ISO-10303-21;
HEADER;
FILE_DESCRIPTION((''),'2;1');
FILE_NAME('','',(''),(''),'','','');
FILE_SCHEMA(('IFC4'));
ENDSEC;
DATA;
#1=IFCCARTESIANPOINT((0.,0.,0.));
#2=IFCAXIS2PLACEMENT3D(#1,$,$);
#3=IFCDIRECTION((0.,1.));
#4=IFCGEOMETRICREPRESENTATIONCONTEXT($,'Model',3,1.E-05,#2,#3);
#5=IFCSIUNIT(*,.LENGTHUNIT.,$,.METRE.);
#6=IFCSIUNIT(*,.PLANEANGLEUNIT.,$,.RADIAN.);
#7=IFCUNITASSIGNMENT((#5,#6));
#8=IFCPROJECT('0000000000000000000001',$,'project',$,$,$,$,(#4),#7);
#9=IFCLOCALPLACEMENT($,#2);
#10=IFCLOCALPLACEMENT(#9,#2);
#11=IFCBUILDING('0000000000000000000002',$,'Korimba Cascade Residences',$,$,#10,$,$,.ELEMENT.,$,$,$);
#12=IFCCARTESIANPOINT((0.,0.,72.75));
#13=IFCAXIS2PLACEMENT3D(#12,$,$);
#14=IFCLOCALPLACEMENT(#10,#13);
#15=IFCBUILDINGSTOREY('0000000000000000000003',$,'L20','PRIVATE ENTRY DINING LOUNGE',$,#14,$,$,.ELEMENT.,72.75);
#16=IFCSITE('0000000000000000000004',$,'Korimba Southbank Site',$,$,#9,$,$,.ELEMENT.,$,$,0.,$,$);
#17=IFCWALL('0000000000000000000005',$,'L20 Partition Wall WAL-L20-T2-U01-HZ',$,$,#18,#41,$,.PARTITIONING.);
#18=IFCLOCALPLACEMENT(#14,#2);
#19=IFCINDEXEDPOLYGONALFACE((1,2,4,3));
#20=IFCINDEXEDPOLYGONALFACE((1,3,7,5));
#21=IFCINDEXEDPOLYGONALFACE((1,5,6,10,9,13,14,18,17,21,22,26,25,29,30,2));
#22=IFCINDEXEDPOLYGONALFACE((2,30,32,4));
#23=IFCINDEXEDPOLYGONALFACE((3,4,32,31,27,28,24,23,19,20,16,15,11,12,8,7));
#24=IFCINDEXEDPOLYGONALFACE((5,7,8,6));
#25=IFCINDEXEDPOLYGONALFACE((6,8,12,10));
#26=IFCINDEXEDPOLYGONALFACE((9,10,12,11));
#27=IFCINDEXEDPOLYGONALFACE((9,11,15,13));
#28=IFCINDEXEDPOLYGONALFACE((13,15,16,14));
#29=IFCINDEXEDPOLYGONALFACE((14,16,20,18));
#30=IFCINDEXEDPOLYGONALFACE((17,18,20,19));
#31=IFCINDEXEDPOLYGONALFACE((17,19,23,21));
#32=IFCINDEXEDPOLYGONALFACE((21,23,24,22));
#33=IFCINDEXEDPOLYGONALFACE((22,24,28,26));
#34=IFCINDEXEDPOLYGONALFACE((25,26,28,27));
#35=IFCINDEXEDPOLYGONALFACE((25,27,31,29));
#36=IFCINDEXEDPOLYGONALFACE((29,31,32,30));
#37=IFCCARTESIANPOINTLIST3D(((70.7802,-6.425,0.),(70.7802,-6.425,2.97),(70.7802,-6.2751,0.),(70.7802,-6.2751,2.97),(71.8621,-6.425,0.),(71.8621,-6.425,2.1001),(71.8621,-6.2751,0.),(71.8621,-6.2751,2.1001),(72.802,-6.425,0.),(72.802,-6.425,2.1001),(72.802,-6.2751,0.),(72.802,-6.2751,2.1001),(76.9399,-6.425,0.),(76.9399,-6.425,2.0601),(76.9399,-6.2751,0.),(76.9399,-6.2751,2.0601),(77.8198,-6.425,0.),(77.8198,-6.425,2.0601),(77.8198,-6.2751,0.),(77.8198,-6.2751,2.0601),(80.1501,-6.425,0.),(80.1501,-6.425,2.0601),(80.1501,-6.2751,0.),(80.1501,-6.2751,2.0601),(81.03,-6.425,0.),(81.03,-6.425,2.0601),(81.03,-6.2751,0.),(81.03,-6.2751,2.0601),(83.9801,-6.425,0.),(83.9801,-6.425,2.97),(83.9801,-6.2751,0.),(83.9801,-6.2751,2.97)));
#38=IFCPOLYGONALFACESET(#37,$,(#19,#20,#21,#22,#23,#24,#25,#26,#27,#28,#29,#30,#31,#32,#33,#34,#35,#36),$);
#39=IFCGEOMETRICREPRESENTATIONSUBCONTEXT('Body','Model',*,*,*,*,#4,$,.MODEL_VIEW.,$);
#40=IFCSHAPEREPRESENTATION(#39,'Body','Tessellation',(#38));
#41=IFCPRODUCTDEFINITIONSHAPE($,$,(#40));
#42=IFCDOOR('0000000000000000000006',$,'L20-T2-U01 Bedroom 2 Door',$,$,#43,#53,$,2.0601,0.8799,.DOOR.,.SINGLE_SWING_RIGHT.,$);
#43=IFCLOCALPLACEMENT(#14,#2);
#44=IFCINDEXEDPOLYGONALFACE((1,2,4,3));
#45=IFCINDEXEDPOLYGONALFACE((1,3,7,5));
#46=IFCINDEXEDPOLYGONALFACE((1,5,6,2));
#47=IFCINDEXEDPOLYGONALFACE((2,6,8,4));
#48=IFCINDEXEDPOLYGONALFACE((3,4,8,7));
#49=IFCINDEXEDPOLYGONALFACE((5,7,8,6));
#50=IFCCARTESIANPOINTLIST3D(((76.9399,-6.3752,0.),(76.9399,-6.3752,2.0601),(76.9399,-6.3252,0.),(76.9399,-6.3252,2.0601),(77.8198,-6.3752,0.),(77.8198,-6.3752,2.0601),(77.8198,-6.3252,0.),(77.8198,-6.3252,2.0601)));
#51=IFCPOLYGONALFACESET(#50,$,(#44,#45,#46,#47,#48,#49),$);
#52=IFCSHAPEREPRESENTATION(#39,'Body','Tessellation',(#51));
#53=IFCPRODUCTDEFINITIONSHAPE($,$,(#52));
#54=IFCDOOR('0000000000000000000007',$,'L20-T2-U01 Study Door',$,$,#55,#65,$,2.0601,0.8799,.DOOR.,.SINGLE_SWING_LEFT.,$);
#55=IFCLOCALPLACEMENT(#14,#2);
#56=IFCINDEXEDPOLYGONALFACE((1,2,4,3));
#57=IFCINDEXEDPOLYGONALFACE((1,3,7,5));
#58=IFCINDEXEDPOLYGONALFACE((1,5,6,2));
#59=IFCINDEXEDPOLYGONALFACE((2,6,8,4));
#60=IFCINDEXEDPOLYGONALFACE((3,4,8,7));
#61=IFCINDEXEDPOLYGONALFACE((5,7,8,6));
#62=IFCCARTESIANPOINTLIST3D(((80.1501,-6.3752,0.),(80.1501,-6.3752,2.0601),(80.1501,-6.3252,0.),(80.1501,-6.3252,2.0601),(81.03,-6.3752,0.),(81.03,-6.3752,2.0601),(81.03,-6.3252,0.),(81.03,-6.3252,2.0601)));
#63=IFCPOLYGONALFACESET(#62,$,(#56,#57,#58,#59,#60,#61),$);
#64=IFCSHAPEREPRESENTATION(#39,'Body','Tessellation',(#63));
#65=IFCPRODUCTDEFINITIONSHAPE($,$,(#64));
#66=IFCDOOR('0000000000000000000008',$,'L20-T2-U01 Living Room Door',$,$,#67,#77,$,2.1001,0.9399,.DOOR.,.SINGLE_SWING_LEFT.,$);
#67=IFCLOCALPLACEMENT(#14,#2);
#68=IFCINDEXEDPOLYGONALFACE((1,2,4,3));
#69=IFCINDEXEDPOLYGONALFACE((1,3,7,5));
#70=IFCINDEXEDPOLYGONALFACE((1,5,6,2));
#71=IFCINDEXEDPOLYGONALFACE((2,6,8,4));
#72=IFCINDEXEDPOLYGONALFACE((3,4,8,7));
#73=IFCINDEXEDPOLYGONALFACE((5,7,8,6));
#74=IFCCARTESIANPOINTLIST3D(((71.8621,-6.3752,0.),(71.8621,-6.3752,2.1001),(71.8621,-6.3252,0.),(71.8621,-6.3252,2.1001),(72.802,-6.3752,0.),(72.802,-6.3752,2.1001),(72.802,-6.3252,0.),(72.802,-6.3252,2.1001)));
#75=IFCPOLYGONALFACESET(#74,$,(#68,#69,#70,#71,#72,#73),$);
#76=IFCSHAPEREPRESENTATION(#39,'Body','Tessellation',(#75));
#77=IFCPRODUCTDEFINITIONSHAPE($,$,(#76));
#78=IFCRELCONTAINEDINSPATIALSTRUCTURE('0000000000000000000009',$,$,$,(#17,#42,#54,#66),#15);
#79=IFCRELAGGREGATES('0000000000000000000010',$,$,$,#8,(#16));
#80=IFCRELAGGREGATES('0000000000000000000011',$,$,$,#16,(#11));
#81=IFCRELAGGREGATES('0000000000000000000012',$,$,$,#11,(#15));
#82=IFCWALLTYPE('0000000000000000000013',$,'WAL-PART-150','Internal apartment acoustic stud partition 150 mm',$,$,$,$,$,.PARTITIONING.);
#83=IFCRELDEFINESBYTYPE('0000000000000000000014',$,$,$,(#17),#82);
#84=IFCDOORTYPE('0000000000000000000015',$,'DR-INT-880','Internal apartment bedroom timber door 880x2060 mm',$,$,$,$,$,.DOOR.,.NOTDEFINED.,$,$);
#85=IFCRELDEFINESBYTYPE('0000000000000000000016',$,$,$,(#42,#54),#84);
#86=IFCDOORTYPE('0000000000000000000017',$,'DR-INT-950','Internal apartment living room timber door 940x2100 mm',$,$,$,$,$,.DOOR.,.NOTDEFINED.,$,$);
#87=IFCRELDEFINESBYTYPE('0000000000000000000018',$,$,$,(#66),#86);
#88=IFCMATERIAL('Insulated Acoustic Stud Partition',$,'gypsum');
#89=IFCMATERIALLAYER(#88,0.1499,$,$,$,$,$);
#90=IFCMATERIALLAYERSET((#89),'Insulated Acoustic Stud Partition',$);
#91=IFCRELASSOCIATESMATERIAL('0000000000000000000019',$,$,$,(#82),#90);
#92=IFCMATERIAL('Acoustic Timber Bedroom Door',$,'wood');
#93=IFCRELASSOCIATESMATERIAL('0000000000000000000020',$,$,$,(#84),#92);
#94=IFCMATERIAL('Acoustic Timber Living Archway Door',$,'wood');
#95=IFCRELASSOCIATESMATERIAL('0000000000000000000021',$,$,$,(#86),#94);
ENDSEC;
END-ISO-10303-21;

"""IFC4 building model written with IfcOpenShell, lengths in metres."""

from ifc_helpers import new_model, si_unit, direction, frame, frame_2d, origin, place, context, subcontext, project, spatial, rectangle, extrude, material, layer, layer_set, type_object, element, fill, save


model = new_model("IFC4")

# Units and contexts
model_context = context("Model", 3, precision=1e-05, world=origin(), true_north=direction((0.0, 1.0)))
body_context = subcontext(model_context, "Body", "Model", "MODEL_VIEW")
ifc_project = project(units=[si_unit("LENGTHUNIT", "METRE"), si_unit("PLANEANGLEUNIT", "RADIAN")], contexts=[model_context])

# Site, building, storey
site_placement = place(None, origin())
site = spatial("IfcSite", under=ifc_project, at=site_placement, Name="Korimba Southbank Site", CompositionType="ELEMENT", RefElevation=0.0)
building_placement = place(site_placement, origin())
building = spatial("IfcBuilding", under=site, at=building_placement, Name="Korimba Cascade Residences", CompositionType="ELEMENT")
storey_placement = place(building_placement, frame((0.0, 0.0, 72.75)))
storey = spatial("IfcBuildingStorey", under=building, at=storey_placement, Name="L20", Description="PRIVATE ENTRY DINING LOUNGE", CompositionType="ELEMENT", Elevation=72.75)

# Wall, openings, doors
ifc_material_1 = material(Name="Insulated Acoustic Stud Partition", Category="gypsum")
ifc_layer_1 = layer(ifc_material_1, 0.1499)
ifc_layer_set_1 = layer_set([ifc_layer_1], Name="Insulated Acoustic Stud Partition")
wall_type_1 = type_object("IfcWallType", Name="WAL-PART-150", Description="Internal apartment acoustic stud partition 150 mm", PredefinedType="PARTITIONING", material=ifc_layer_set_1)
wall_1_placement = place(storey_placement, frame((70.78, -6.3501, 0.0), z_axis=(0.0, 0.0, 1.0), x_axis=(1.0, 0.0, 0.0)))
wall_1 = element("IfcWall", 1, at=wall_1_placement, inside=storey, type_object=wall_type_1, Name="L20 Partition Wall WAL-L20-T2-U01-HZ", PredefinedType="PARTITIONING", context=body_context, shape_type="SweptSolid", body=[
    extrude(rectangle(XDim=13.2, YDim=0.1499, at=frame_2d((6.6001, 0.0))), origin(), (0.0, 0.0, 1.0), 2.97),
])
opening_1_placement = place(wall_1_placement, frame((1.082, 0.0, 0.0)))
opening_1 = element("IfcOpeningElement", 2, at=opening_1_placement, cuts=wall_1, PredefinedType="OPENING", context=body_context, shape_type="SweptSolid", body=[
    extrude(rectangle(XDim=0.9399, YDim=2.1001, at=frame_2d((0.47, 1.05))), frame((0.0, 0.085, 0.0), z_axis=(0.0, -1.0, 0.0), x_axis=(1.0, 0.0, 0.0)), (0.0, 0.0, 1.0), 0.1699),
])
opening_2_placement = place(wall_1_placement, frame((6.1599, 0.0, 0.0)))
opening_2 = element("IfcOpeningElement", 3, at=opening_2_placement, cuts=wall_1, PredefinedType="OPENING", context=body_context, shape_type="SweptSolid", body=[
    extrude(rectangle(XDim=0.8799, YDim=2.0601, at=frame_2d((0.4399, 1.03))), frame((0.0, 0.085, 0.0), z_axis=(0.0, -1.0, 0.0), x_axis=(1.0, 0.0, 0.0)), (0.0, 0.0, 1.0), 0.1699),
])
opening_3_placement = place(wall_1_placement, frame((9.3701, 0.0, 0.0)))
opening_3 = element("IfcOpeningElement", 4, at=opening_3_placement, cuts=wall_1, PredefinedType="OPENING", context=body_context, shape_type="SweptSolid", body=[
    extrude(rectangle(XDim=0.8799, YDim=2.0601, at=frame_2d((0.4399, 1.03))), frame((0.0, 0.085, 0.0), z_axis=(0.0, -1.0, 0.0), x_axis=(1.0, 0.0, 0.0)), (0.0, 0.0, 1.0), 0.1699),
])
ifc_material_2 = material(Name="Acoustic Timber Bedroom Door", Category="wood")
door_type_1 = type_object("IfcDoorType", Name="DR-INT-880", Description="Internal apartment bedroom timber door 880x2060 mm", OperationType="NOTDEFINED", PredefinedType="DOOR", material=ifc_material_2)
door_1_placement = place(opening_2_placement, origin())
door_1 = element("IfcDoor", 5, at=door_1_placement, inside=storey, type_object=door_type_1, Name="L20-T2-U01 Bedroom 2 Door", OperationType="SINGLE_SWING_RIGHT", OverallHeight=2.0601, OverallWidth=0.8799, PredefinedType="DOOR", context=body_context, shape_type="SweptSolid", body=[
    extrude(rectangle(XDim=0.8799, YDim=2.0601, at=frame_2d((0.4399, 1.03))), frame((0.0, 0.0249, 0.0), z_axis=(0.0, -1.0, 0.0), x_axis=(1.0, 0.0, 0.0)), (0.0, 0.0, 1.0), 0.05),
])
fill(opening_2, door_1)
door_2_placement = place(opening_3_placement, origin())
door_2 = element("IfcDoor", 6, at=door_2_placement, inside=storey, type_object=door_type_1, Name="L20-T2-U01 Study Door", OperationType="SINGLE_SWING_LEFT", OverallHeight=2.0601, OverallWidth=0.8799, PredefinedType="DOOR", context=body_context, shape_type="SweptSolid", body=[
    extrude(rectangle(XDim=0.8799, YDim=2.0601, at=frame_2d((0.4399, 1.03))), frame((0.0, 0.0249, 0.0), z_axis=(0.0, -1.0, 0.0), x_axis=(1.0, 0.0, 0.0)), (0.0, 0.0, 1.0), 0.05),
])
fill(opening_3, door_2)
ifc_material_3 = material(Name="Acoustic Timber Living Archway Door", Category="wood")
door_type_2 = type_object("IfcDoorType", Name="DR-INT-950", Description="Internal apartment living room timber door 940x2100 mm", OperationType="NOTDEFINED", PredefinedType="DOOR", material=ifc_material_3)
door_3_placement = place(opening_1_placement, origin())
door_3 = element("IfcDoor", 7, at=door_3_placement, inside=storey, type_object=door_type_2, Name="L20-T2-U01 Living Room Door", OperationType="SINGLE_SWING_LEFT", OverallHeight=2.1001, OverallWidth=0.9399, PredefinedType="DOOR", context=body_context, shape_type="SweptSolid", body=[
    extrude(rectangle(XDim=0.9399, YDim=2.1001, at=frame_2d((0.47, 1.05))), frame((0.0, 0.0249, 0.0), z_axis=(0.0, -1.0, 0.0), x_axis=(1.0, 0.0, 0.0)), (0.0, 0.0, 1.0), 0.05),
])
fill(opening_1, door_3)

save(model, "model.ifc")
